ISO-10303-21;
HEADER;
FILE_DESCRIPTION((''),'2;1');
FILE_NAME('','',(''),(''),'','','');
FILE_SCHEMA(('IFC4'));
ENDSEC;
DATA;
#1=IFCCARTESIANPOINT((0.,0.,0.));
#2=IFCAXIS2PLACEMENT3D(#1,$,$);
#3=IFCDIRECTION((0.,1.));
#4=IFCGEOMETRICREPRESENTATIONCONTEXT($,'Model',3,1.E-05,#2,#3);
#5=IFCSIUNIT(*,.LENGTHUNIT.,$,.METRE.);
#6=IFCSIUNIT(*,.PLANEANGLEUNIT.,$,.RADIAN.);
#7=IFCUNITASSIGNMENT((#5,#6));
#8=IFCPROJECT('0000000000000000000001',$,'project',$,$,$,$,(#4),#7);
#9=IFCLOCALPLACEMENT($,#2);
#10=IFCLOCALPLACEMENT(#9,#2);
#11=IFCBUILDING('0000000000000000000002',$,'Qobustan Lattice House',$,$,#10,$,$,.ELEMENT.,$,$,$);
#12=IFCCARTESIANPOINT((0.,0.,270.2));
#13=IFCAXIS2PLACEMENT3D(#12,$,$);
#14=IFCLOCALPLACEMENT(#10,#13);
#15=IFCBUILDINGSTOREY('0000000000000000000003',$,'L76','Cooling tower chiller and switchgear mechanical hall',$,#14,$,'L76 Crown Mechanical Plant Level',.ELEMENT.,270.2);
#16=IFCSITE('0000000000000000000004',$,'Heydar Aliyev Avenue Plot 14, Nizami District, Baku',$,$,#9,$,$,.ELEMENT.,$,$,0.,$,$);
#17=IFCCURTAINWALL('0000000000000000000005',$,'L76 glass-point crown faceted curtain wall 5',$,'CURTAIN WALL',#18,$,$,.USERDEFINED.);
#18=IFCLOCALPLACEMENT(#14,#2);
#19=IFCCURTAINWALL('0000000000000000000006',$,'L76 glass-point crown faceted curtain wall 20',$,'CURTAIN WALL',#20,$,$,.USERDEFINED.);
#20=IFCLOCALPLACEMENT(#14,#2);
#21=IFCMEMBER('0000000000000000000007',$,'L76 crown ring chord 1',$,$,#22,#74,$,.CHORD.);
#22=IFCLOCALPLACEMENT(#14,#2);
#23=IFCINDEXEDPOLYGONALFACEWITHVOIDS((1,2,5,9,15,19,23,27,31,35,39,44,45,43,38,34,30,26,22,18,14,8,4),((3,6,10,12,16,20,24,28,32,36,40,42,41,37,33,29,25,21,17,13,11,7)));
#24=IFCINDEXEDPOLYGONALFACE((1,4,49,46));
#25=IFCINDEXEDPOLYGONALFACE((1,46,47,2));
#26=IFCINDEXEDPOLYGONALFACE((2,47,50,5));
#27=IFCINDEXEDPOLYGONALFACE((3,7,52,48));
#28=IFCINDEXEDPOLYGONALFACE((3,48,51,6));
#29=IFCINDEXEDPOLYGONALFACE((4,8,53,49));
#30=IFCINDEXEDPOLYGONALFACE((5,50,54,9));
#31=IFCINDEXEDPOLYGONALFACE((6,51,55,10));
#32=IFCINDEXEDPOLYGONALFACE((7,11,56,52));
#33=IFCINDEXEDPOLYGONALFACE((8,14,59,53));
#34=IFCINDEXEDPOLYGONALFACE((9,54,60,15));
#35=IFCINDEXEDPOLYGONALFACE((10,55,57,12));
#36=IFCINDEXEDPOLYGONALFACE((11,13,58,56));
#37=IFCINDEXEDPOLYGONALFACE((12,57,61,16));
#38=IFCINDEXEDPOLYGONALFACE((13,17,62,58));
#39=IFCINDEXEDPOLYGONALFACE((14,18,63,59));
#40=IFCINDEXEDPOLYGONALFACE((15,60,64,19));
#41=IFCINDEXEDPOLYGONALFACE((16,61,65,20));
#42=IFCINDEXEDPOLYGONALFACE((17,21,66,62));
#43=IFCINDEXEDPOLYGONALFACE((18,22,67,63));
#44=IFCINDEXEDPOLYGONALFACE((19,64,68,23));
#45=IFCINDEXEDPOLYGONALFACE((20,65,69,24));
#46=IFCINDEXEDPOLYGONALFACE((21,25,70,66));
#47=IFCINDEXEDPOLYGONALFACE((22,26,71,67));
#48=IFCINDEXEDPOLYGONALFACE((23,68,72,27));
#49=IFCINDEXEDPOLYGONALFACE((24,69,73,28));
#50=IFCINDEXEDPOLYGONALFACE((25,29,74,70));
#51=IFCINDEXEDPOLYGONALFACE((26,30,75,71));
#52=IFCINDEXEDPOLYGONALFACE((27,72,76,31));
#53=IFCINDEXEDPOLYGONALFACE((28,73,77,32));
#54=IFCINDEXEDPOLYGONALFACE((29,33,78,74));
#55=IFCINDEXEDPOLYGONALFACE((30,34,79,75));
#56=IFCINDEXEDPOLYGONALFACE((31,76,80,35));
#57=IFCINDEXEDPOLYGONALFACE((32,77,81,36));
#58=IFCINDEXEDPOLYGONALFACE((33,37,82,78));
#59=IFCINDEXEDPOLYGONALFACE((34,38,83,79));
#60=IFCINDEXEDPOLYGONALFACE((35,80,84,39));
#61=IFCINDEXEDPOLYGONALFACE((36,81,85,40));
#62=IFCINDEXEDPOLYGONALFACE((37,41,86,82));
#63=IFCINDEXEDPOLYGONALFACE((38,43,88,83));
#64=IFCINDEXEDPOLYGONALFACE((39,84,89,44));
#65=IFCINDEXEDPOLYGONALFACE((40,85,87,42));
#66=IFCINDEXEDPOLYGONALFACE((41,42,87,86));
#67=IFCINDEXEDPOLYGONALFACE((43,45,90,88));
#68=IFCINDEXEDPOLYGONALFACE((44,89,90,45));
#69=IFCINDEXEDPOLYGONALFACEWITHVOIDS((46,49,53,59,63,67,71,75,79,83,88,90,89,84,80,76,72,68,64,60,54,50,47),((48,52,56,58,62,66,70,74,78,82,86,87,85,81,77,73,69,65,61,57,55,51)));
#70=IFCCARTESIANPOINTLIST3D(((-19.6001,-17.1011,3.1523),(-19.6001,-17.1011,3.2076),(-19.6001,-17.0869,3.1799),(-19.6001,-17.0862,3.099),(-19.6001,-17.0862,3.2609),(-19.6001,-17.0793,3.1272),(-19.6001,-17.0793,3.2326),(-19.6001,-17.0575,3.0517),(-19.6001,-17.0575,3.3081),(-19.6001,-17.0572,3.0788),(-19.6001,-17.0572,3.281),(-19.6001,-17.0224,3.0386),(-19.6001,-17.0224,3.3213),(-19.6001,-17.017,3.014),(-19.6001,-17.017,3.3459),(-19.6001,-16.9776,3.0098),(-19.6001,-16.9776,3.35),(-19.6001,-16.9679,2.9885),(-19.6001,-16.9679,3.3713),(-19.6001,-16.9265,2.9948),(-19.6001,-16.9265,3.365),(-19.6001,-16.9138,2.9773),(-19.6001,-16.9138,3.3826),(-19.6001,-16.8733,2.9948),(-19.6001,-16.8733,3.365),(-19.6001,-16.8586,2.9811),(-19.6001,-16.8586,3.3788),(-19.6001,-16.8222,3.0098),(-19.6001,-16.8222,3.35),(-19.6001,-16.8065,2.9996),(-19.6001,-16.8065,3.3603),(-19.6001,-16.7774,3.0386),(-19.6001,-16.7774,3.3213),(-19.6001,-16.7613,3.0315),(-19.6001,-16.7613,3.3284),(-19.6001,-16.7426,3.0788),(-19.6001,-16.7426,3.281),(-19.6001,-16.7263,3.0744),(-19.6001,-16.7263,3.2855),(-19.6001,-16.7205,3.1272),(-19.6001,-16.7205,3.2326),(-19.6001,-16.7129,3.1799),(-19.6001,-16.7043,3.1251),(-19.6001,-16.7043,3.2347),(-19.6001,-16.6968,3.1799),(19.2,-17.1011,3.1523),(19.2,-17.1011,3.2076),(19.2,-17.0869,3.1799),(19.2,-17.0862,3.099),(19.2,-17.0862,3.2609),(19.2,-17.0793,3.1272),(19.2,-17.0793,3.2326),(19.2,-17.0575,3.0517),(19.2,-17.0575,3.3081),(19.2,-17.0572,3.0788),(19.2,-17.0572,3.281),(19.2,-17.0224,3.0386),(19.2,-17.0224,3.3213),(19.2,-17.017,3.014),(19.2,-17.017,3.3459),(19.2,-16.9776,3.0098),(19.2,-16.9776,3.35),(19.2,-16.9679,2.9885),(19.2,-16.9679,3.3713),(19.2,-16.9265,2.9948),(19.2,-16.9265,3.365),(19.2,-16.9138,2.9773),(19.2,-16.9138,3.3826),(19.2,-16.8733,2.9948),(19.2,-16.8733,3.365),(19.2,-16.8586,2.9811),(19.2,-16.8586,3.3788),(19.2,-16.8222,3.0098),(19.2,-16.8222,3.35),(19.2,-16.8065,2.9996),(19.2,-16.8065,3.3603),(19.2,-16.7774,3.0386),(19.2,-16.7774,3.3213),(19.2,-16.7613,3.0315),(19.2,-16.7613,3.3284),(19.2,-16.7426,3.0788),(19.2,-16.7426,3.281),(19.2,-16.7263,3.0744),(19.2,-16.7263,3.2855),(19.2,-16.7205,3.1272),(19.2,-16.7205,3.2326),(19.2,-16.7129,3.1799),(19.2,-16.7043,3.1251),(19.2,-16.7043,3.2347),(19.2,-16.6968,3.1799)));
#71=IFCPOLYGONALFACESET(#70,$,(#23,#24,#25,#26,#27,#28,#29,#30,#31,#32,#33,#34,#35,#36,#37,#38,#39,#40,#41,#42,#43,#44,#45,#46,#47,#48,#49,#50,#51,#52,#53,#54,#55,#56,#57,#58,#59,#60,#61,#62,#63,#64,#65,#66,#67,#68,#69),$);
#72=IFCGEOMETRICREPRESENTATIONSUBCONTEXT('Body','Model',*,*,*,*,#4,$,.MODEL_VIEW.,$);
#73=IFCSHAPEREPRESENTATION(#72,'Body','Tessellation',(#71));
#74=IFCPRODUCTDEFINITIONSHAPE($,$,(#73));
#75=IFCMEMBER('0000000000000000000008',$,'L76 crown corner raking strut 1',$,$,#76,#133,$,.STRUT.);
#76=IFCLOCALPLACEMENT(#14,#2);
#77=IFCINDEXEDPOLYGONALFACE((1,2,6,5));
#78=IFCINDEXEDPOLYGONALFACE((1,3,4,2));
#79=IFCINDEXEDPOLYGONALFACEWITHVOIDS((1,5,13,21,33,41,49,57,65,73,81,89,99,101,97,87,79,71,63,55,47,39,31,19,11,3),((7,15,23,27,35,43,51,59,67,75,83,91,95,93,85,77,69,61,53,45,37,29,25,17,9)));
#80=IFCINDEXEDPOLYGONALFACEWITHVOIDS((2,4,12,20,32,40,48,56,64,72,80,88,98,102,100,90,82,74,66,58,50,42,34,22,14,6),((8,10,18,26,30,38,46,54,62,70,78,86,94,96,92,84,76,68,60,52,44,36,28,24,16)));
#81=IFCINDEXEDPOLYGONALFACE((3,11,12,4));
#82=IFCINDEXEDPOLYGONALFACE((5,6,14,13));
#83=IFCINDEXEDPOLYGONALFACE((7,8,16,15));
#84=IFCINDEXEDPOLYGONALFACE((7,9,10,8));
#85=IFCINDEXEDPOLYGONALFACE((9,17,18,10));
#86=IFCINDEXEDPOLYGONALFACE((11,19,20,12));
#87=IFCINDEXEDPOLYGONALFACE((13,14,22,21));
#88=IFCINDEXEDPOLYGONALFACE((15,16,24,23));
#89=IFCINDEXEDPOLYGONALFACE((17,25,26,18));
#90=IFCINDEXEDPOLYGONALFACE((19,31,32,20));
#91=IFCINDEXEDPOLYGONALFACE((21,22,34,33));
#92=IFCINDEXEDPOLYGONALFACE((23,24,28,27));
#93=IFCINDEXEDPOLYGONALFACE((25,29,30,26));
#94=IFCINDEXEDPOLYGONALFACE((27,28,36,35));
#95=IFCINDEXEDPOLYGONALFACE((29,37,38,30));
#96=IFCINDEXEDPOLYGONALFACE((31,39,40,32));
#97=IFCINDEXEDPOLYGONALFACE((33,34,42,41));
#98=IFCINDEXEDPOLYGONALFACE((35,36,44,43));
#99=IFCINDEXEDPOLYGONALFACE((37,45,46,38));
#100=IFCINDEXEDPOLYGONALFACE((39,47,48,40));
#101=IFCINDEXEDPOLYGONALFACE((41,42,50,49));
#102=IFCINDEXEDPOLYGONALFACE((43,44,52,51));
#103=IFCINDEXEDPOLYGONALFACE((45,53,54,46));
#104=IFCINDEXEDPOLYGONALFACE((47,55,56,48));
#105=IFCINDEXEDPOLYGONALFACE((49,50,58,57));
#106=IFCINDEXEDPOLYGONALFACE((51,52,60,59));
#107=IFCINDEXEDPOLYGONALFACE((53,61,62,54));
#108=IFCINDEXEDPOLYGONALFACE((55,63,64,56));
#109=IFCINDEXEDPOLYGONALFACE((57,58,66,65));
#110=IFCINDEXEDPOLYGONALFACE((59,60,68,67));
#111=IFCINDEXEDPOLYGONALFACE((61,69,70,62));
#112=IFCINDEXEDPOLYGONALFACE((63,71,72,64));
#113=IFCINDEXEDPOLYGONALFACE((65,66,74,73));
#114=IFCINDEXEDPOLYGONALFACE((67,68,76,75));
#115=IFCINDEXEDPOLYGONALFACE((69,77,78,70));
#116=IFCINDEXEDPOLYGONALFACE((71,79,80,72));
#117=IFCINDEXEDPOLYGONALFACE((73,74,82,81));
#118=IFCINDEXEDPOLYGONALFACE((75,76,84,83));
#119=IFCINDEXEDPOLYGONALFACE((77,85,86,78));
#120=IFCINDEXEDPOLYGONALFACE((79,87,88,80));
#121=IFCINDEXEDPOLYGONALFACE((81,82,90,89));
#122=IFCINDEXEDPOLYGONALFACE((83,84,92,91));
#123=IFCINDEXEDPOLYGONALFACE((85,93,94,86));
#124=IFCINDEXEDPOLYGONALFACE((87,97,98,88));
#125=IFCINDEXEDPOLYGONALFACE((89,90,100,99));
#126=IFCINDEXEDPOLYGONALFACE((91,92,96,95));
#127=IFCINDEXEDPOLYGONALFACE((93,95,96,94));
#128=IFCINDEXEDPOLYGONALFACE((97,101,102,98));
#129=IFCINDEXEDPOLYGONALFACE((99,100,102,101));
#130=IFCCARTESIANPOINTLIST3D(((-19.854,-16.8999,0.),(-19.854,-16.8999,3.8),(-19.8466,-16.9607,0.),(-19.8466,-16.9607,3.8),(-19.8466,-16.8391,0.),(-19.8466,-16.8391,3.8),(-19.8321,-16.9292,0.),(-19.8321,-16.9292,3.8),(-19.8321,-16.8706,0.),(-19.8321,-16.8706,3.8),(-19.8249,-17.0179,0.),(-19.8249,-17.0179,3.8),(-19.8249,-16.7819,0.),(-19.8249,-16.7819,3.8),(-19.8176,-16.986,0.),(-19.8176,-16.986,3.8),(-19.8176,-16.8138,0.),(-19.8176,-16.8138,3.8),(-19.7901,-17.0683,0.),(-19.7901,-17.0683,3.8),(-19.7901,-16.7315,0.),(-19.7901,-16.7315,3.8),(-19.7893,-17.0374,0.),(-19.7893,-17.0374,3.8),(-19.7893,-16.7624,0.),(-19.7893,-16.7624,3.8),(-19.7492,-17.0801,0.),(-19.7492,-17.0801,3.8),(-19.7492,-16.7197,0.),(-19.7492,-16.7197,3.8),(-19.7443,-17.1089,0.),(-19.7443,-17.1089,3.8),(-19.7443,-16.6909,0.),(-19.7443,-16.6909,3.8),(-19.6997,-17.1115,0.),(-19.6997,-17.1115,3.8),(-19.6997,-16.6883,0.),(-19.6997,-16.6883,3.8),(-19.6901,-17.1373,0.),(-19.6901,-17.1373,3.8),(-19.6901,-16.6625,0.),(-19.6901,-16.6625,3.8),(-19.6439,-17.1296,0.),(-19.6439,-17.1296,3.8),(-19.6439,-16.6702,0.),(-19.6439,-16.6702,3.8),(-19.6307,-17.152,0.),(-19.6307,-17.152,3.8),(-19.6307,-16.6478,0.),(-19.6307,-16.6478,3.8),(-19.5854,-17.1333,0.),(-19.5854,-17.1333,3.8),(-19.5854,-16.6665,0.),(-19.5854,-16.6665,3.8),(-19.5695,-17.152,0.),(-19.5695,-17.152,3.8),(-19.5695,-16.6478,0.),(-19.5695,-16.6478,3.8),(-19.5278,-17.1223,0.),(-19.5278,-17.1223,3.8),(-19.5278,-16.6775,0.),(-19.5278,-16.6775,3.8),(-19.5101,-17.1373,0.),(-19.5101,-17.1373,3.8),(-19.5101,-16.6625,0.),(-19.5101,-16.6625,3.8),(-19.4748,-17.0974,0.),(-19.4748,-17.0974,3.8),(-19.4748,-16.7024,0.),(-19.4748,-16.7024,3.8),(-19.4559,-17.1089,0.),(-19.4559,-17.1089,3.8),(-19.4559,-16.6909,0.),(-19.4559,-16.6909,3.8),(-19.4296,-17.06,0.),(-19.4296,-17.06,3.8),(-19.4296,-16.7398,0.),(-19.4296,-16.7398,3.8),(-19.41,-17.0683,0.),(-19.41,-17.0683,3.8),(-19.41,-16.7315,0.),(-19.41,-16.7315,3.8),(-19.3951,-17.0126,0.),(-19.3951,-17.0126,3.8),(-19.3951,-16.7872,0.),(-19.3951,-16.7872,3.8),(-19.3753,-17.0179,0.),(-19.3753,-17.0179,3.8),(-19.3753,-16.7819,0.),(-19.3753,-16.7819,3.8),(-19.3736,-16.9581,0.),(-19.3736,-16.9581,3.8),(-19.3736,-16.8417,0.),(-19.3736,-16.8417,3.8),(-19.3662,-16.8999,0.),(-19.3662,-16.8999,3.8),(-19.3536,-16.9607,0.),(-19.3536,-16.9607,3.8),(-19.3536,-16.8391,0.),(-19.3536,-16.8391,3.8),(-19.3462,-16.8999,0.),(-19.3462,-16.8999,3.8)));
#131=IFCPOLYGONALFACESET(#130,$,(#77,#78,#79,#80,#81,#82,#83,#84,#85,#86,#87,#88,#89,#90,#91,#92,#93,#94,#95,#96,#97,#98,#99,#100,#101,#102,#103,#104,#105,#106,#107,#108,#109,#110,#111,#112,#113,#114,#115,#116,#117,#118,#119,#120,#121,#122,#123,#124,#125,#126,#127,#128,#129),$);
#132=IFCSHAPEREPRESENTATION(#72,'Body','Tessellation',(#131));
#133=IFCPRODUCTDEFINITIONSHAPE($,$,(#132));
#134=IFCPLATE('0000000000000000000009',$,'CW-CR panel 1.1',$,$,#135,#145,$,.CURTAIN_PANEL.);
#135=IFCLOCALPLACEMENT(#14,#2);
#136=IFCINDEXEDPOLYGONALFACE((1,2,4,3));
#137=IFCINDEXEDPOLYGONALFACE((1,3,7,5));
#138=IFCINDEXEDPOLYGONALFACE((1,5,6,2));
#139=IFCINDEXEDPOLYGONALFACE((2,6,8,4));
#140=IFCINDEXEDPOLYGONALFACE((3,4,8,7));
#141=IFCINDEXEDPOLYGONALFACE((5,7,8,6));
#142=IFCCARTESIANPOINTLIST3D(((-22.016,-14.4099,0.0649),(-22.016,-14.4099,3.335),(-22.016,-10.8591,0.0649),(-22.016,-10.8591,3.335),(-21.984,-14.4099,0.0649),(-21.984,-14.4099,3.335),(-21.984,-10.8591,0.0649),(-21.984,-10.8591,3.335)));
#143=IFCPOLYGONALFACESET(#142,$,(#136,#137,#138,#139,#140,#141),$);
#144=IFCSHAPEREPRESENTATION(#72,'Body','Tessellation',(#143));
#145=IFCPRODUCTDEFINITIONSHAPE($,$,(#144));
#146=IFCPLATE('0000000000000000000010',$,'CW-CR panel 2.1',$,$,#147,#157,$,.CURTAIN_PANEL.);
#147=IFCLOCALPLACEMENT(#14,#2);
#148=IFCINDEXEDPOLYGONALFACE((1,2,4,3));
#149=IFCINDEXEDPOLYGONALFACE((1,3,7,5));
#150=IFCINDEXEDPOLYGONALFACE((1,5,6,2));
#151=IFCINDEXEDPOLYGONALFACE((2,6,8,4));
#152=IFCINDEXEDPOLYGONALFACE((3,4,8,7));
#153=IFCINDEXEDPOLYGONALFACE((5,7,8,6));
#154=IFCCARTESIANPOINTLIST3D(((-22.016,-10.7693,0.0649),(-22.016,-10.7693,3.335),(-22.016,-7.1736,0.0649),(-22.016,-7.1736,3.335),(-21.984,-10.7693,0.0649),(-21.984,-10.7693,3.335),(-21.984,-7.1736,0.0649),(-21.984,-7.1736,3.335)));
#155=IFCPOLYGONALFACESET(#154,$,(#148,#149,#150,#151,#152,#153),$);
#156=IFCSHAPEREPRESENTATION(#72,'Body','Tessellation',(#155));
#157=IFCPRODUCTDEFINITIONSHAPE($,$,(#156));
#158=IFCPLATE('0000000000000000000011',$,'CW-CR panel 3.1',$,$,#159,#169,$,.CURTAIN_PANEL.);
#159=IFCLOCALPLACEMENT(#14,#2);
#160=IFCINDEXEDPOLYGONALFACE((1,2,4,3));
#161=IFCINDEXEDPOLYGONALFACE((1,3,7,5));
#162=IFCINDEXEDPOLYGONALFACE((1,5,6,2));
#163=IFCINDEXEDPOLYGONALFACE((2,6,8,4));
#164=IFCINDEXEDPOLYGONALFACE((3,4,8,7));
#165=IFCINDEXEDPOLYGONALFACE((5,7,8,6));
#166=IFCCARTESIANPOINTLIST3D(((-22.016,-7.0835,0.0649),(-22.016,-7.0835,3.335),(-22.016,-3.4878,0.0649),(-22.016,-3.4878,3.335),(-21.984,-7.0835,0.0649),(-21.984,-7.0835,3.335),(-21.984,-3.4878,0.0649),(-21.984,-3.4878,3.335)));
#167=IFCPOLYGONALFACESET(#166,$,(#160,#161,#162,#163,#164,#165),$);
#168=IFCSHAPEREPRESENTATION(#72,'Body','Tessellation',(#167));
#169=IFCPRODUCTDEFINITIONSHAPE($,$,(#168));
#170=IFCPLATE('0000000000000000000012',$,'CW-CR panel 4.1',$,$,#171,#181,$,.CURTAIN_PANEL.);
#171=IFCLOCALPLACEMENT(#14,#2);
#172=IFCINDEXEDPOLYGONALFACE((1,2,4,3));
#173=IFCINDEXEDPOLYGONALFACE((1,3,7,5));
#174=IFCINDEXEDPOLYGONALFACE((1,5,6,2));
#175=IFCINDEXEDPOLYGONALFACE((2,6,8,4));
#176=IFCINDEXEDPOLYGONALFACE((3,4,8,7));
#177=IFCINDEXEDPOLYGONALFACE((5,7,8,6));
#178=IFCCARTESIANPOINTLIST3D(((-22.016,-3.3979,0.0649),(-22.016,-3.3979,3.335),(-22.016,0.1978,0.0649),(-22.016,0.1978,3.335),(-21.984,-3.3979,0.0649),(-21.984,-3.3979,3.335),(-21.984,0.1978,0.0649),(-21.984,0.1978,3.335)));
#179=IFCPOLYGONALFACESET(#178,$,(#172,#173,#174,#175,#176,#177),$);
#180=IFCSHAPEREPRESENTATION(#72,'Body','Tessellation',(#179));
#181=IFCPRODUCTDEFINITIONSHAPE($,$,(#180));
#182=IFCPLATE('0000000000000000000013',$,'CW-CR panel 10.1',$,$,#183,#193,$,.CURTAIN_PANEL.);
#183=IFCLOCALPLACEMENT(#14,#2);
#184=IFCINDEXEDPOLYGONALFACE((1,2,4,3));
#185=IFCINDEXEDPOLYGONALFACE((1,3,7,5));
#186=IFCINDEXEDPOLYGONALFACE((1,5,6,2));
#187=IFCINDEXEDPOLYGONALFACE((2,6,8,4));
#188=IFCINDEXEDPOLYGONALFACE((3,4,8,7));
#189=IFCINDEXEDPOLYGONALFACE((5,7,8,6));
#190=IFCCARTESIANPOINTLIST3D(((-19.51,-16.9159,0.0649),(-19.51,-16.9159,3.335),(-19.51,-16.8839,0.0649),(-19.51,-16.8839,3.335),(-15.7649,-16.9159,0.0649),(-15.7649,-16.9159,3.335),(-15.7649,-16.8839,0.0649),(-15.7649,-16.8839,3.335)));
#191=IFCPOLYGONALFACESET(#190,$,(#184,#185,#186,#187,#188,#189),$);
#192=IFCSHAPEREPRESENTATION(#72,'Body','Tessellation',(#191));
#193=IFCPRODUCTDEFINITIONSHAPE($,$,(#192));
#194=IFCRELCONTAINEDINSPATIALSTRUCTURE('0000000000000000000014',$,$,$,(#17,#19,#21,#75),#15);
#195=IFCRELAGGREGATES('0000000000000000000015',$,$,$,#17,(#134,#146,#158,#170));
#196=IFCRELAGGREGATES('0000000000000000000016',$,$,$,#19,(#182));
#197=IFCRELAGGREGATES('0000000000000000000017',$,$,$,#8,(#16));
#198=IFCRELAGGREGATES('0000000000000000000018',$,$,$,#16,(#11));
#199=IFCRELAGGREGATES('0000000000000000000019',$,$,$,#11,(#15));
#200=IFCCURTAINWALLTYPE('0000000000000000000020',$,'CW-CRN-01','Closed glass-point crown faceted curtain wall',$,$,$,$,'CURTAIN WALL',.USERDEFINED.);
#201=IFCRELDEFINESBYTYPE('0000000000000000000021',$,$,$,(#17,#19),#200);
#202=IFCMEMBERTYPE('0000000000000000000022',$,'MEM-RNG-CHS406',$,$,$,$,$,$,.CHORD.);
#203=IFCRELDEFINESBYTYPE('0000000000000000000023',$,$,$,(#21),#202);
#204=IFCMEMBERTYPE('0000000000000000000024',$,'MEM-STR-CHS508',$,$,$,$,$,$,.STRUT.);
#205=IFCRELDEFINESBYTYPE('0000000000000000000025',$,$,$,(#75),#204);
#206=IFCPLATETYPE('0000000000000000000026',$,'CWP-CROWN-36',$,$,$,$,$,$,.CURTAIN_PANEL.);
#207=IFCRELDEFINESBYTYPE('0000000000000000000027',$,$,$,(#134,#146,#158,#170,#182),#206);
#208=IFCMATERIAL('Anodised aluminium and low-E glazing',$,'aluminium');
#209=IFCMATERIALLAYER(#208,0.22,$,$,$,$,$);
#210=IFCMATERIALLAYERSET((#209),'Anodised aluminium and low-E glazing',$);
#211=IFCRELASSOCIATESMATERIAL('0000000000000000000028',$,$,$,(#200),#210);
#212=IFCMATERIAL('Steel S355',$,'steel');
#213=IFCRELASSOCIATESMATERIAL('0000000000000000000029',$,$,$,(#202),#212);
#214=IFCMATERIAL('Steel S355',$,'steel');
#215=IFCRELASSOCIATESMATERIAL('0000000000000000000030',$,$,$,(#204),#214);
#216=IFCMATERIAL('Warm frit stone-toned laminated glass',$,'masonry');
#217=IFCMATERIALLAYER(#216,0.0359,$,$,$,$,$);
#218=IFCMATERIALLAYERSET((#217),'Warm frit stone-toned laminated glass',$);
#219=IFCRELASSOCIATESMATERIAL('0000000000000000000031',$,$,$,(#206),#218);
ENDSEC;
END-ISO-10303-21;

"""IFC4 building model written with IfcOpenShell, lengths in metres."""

from ifc_helpers import new_model, si_unit, direction, frame, origin, origin_2d, place, context, subcontext, project, spatial, rectangle, hollow_circle, extrude, material, layer, layer_set, material_profile, profile_set, type_object, element, aggregate, save


model = new_model("IFC4")

# Units and contexts
model_context = context("Model", 3, precision=1e-05, world=origin(), true_north=direction((0.0, 1.0)))
body_context = subcontext(model_context, "Body", "Model", "MODEL_VIEW")
ifc_project = project(units=[si_unit("LENGTHUNIT", "METRE"), si_unit("PLANEANGLEUNIT", "RADIAN")], contexts=[model_context])

# Site, building, storey
site_placement = place(None, origin())
site = spatial("IfcSite", under=ifc_project, at=site_placement, Name="Heydar Aliyev Avenue Plot 14, Nizami District, Baku", CompositionType="ELEMENT", RefElevation=0.0)
building_placement = place(site_placement, origin())
building = spatial("IfcBuilding", under=site, at=building_placement, Name="Qobustan Lattice House", CompositionType="ELEMENT")
storey_placement = place(building_placement, frame((0.0, 0.0, 270.2)))
storey = spatial("IfcBuildingStorey", under=building, at=storey_placement, Name="L76", Description="Cooling tower chiller and switchgear mechanical hall", LongName="L76 Crown Mechanical Plant Level", CompositionType="ELEMENT", Elevation=270.2)

# Curtain wall
ifc_material_1 = material(Name="Anodised aluminium and low-E glazing", Category="aluminium")
ifc_layer_1 = layer(ifc_material_1, 0.22)
ifc_layer_set_1 = layer_set([ifc_layer_1], Name="Anodised aluminium and low-E glazing")
curtain_wall_type = type_object("IfcCurtainWallType", Name="CW-CRN-01", Description="Closed glass-point crown faceted curtain wall", ElementType="CURTAIN WALL", PredefinedType="USERDEFINED", material=ifc_layer_set_1)
curtain_wall_1_placement = place(storey_placement, origin())
curtain_wall_1 = element("IfcCurtainWall", 1, at=curtain_wall_1_placement, inside=storey, type_object=curtain_wall_type, Name="L76 glass-point crown faceted curtain wall 5", ObjectType="CURTAIN WALL", PredefinedType="USERDEFINED")

# Curtain wall
curtain_wall_2_placement = place(storey_placement, origin())
curtain_wall_2 = element("IfcCurtainWall", 2, at=curtain_wall_2_placement, inside=storey, type_object=curtain_wall_type, Name="L76 glass-point crown faceted curtain wall 20", ObjectType="CURTAIN WALL", PredefinedType="USERDEFINED")

# Members
ifc_material_2 = material(Name="Steel S355", Category="steel")
ifc_material_profile_1 = material_profile(ifc_material_2, hollow_circle(Radius=0.2031, WallThickness=0.0161, at=origin_2d()), Name="CHS406.4x16")
ifc_profile_set_1 = profile_set([ifc_material_profile_1], Name="Steel S355")
member_type_1 = type_object("IfcMemberType", Name="MEM-RNG-CHS406", PredefinedType="CHORD", material=ifc_profile_set_1)
member_1_placement = place(storey_placement, frame((-19.6001, -16.8999, 3.1799), z_axis=(1.0, 0.0, 0.0), x_axis=(0.0, 1.0, 0.0)))
element("IfcMember", 3, at=member_1_placement, inside=storey, type_object=member_type_1, Name="L76 crown ring chord 1", PredefinedType="CHORD", context=body_context, shape_type="SweptSolid", body=[
    extrude(hollow_circle(Radius=0.2031, WallThickness=0.0161, at=origin_2d()), origin(), (0.0, 0.0, 1.0), 38.8),
])
ifc_material_3 = material(Name="Steel S355", Category="steel")
ifc_material_profile_2 = material_profile(ifc_material_3, hollow_circle(Radius=0.2539, WallThickness=0.02, at=origin_2d()), Name="CHS508x20")
ifc_profile_set_2 = profile_set([ifc_material_profile_2], Name="Steel S355")
member_type_2 = type_object("IfcMemberType", Name="MEM-STR-CHS508", PredefinedType="STRUT", material=ifc_profile_set_2)
member_2_placement = place(storey_placement, frame((-19.6001, -16.8999, 0.0), z_axis=(0.0, 0.0, 1.0), x_axis=(1.0, 0.0, 0.0)))
element("IfcMember", 4, at=member_2_placement, inside=storey, type_object=member_type_2, Name="L76 crown corner raking strut 1", PredefinedType="STRUT", context=body_context, shape_type="SweptSolid", body=[
    extrude(hollow_circle(Radius=0.2539, WallThickness=0.02, at=origin_2d()), origin(), (0.0, 0.0, 1.0), 3.8),
])

# Plates
ifc_material_4 = material(Name="Warm frit stone-toned laminated glass", Category="masonry")
ifc_layer_2 = layer(ifc_material_4, 0.0359)
ifc_layer_set_2 = layer_set([ifc_layer_2], Name="Warm frit stone-toned laminated glass")
plate_type_1 = type_object("IfcPlateType", Name="CWP-CROWN-36", PredefinedType="CURTAIN_PANEL", material=ifc_layer_set_2)
plate_1_placement = place(storey_placement, frame((-22.0, -12.6345, 0.0649), z_axis=(0.0, 0.0, 1.0), x_axis=(0.0, 1.0, 0.0)))
plate_1 = element("IfcPlate", 5, at=plate_1_placement, type_object=plate_type_1, Name="CW-CR panel 1.1", PredefinedType="CURTAIN_PANEL", context=body_context, shape_type="SweptSolid", body=[
    extrude(rectangle(XDim=3.5508, YDim=0.032, at=origin_2d()), origin(), (0.0, 0.0, 1.0), 3.27),
])
plate_2_placement = place(storey_placement, frame((-22.0, -8.9714, 0.0649), z_axis=(0.0, 0.0, 1.0), x_axis=(0.0, 1.0, 0.0)))
plate_2 = element("IfcPlate", 6, at=plate_2_placement, type_object=plate_type_1, Name="CW-CR panel 2.1", PredefinedType="CURTAIN_PANEL", context=body_context, shape_type="SweptSolid", body=[
    extrude(rectangle(XDim=3.5957, YDim=0.032, at=origin_2d()), origin(), (0.0, 0.0, 1.0), 3.27),
])
plate_3_placement = place(storey_placement, frame((-22.0, -5.2856, 0.0649), z_axis=(0.0, 0.0, 1.0), x_axis=(0.0, 1.0, 0.0)))
plate_3 = element("IfcPlate", 7, at=plate_3_placement, type_object=plate_type_1, Name="CW-CR panel 3.1", PredefinedType="CURTAIN_PANEL", context=body_context, shape_type="SweptSolid", body=[
    extrude(rectangle(XDim=3.5957, YDim=0.032, at=origin_2d()), origin(), (0.0, 0.0, 1.0), 3.27),
])
plate_4_placement = place(storey_placement, frame((-22.0, -1.6001, 0.0649), z_axis=(0.0, 0.0, 1.0), x_axis=(0.0, 1.0, 0.0)))
plate_4 = element("IfcPlate", 8, at=plate_4_placement, type_object=plate_type_1, Name="CW-CR panel 4.1", PredefinedType="CURTAIN_PANEL", context=body_context, shape_type="SweptSolid", body=[
    extrude(rectangle(XDim=3.5957, YDim=0.032, at=origin_2d()), origin(), (0.0, 0.0, 1.0), 3.27),
])
aggregate(curtain_wall_1, [plate_1, plate_2, plate_3, plate_4])
plate_5_placement = place(storey_placement, frame((-17.6375, -16.8999, 0.0649), z_axis=(0.0, 0.0, 1.0), x_axis=(-1.0, 0.0, 0.0)))
plate_5 = element("IfcPlate", 9, at=plate_5_placement, type_object=plate_type_1, Name="CW-CR panel 10.1", PredefinedType="CURTAIN_PANEL", context=body_context, shape_type="SweptSolid", body=[
    extrude(rectangle(XDim=3.7451, YDim=0.032, at=origin_2d()), origin(), (0.0, 0.0, 1.0), 3.27),
])
aggregate(curtain_wall_2, [plate_5])

save(model, "model.ifc")
